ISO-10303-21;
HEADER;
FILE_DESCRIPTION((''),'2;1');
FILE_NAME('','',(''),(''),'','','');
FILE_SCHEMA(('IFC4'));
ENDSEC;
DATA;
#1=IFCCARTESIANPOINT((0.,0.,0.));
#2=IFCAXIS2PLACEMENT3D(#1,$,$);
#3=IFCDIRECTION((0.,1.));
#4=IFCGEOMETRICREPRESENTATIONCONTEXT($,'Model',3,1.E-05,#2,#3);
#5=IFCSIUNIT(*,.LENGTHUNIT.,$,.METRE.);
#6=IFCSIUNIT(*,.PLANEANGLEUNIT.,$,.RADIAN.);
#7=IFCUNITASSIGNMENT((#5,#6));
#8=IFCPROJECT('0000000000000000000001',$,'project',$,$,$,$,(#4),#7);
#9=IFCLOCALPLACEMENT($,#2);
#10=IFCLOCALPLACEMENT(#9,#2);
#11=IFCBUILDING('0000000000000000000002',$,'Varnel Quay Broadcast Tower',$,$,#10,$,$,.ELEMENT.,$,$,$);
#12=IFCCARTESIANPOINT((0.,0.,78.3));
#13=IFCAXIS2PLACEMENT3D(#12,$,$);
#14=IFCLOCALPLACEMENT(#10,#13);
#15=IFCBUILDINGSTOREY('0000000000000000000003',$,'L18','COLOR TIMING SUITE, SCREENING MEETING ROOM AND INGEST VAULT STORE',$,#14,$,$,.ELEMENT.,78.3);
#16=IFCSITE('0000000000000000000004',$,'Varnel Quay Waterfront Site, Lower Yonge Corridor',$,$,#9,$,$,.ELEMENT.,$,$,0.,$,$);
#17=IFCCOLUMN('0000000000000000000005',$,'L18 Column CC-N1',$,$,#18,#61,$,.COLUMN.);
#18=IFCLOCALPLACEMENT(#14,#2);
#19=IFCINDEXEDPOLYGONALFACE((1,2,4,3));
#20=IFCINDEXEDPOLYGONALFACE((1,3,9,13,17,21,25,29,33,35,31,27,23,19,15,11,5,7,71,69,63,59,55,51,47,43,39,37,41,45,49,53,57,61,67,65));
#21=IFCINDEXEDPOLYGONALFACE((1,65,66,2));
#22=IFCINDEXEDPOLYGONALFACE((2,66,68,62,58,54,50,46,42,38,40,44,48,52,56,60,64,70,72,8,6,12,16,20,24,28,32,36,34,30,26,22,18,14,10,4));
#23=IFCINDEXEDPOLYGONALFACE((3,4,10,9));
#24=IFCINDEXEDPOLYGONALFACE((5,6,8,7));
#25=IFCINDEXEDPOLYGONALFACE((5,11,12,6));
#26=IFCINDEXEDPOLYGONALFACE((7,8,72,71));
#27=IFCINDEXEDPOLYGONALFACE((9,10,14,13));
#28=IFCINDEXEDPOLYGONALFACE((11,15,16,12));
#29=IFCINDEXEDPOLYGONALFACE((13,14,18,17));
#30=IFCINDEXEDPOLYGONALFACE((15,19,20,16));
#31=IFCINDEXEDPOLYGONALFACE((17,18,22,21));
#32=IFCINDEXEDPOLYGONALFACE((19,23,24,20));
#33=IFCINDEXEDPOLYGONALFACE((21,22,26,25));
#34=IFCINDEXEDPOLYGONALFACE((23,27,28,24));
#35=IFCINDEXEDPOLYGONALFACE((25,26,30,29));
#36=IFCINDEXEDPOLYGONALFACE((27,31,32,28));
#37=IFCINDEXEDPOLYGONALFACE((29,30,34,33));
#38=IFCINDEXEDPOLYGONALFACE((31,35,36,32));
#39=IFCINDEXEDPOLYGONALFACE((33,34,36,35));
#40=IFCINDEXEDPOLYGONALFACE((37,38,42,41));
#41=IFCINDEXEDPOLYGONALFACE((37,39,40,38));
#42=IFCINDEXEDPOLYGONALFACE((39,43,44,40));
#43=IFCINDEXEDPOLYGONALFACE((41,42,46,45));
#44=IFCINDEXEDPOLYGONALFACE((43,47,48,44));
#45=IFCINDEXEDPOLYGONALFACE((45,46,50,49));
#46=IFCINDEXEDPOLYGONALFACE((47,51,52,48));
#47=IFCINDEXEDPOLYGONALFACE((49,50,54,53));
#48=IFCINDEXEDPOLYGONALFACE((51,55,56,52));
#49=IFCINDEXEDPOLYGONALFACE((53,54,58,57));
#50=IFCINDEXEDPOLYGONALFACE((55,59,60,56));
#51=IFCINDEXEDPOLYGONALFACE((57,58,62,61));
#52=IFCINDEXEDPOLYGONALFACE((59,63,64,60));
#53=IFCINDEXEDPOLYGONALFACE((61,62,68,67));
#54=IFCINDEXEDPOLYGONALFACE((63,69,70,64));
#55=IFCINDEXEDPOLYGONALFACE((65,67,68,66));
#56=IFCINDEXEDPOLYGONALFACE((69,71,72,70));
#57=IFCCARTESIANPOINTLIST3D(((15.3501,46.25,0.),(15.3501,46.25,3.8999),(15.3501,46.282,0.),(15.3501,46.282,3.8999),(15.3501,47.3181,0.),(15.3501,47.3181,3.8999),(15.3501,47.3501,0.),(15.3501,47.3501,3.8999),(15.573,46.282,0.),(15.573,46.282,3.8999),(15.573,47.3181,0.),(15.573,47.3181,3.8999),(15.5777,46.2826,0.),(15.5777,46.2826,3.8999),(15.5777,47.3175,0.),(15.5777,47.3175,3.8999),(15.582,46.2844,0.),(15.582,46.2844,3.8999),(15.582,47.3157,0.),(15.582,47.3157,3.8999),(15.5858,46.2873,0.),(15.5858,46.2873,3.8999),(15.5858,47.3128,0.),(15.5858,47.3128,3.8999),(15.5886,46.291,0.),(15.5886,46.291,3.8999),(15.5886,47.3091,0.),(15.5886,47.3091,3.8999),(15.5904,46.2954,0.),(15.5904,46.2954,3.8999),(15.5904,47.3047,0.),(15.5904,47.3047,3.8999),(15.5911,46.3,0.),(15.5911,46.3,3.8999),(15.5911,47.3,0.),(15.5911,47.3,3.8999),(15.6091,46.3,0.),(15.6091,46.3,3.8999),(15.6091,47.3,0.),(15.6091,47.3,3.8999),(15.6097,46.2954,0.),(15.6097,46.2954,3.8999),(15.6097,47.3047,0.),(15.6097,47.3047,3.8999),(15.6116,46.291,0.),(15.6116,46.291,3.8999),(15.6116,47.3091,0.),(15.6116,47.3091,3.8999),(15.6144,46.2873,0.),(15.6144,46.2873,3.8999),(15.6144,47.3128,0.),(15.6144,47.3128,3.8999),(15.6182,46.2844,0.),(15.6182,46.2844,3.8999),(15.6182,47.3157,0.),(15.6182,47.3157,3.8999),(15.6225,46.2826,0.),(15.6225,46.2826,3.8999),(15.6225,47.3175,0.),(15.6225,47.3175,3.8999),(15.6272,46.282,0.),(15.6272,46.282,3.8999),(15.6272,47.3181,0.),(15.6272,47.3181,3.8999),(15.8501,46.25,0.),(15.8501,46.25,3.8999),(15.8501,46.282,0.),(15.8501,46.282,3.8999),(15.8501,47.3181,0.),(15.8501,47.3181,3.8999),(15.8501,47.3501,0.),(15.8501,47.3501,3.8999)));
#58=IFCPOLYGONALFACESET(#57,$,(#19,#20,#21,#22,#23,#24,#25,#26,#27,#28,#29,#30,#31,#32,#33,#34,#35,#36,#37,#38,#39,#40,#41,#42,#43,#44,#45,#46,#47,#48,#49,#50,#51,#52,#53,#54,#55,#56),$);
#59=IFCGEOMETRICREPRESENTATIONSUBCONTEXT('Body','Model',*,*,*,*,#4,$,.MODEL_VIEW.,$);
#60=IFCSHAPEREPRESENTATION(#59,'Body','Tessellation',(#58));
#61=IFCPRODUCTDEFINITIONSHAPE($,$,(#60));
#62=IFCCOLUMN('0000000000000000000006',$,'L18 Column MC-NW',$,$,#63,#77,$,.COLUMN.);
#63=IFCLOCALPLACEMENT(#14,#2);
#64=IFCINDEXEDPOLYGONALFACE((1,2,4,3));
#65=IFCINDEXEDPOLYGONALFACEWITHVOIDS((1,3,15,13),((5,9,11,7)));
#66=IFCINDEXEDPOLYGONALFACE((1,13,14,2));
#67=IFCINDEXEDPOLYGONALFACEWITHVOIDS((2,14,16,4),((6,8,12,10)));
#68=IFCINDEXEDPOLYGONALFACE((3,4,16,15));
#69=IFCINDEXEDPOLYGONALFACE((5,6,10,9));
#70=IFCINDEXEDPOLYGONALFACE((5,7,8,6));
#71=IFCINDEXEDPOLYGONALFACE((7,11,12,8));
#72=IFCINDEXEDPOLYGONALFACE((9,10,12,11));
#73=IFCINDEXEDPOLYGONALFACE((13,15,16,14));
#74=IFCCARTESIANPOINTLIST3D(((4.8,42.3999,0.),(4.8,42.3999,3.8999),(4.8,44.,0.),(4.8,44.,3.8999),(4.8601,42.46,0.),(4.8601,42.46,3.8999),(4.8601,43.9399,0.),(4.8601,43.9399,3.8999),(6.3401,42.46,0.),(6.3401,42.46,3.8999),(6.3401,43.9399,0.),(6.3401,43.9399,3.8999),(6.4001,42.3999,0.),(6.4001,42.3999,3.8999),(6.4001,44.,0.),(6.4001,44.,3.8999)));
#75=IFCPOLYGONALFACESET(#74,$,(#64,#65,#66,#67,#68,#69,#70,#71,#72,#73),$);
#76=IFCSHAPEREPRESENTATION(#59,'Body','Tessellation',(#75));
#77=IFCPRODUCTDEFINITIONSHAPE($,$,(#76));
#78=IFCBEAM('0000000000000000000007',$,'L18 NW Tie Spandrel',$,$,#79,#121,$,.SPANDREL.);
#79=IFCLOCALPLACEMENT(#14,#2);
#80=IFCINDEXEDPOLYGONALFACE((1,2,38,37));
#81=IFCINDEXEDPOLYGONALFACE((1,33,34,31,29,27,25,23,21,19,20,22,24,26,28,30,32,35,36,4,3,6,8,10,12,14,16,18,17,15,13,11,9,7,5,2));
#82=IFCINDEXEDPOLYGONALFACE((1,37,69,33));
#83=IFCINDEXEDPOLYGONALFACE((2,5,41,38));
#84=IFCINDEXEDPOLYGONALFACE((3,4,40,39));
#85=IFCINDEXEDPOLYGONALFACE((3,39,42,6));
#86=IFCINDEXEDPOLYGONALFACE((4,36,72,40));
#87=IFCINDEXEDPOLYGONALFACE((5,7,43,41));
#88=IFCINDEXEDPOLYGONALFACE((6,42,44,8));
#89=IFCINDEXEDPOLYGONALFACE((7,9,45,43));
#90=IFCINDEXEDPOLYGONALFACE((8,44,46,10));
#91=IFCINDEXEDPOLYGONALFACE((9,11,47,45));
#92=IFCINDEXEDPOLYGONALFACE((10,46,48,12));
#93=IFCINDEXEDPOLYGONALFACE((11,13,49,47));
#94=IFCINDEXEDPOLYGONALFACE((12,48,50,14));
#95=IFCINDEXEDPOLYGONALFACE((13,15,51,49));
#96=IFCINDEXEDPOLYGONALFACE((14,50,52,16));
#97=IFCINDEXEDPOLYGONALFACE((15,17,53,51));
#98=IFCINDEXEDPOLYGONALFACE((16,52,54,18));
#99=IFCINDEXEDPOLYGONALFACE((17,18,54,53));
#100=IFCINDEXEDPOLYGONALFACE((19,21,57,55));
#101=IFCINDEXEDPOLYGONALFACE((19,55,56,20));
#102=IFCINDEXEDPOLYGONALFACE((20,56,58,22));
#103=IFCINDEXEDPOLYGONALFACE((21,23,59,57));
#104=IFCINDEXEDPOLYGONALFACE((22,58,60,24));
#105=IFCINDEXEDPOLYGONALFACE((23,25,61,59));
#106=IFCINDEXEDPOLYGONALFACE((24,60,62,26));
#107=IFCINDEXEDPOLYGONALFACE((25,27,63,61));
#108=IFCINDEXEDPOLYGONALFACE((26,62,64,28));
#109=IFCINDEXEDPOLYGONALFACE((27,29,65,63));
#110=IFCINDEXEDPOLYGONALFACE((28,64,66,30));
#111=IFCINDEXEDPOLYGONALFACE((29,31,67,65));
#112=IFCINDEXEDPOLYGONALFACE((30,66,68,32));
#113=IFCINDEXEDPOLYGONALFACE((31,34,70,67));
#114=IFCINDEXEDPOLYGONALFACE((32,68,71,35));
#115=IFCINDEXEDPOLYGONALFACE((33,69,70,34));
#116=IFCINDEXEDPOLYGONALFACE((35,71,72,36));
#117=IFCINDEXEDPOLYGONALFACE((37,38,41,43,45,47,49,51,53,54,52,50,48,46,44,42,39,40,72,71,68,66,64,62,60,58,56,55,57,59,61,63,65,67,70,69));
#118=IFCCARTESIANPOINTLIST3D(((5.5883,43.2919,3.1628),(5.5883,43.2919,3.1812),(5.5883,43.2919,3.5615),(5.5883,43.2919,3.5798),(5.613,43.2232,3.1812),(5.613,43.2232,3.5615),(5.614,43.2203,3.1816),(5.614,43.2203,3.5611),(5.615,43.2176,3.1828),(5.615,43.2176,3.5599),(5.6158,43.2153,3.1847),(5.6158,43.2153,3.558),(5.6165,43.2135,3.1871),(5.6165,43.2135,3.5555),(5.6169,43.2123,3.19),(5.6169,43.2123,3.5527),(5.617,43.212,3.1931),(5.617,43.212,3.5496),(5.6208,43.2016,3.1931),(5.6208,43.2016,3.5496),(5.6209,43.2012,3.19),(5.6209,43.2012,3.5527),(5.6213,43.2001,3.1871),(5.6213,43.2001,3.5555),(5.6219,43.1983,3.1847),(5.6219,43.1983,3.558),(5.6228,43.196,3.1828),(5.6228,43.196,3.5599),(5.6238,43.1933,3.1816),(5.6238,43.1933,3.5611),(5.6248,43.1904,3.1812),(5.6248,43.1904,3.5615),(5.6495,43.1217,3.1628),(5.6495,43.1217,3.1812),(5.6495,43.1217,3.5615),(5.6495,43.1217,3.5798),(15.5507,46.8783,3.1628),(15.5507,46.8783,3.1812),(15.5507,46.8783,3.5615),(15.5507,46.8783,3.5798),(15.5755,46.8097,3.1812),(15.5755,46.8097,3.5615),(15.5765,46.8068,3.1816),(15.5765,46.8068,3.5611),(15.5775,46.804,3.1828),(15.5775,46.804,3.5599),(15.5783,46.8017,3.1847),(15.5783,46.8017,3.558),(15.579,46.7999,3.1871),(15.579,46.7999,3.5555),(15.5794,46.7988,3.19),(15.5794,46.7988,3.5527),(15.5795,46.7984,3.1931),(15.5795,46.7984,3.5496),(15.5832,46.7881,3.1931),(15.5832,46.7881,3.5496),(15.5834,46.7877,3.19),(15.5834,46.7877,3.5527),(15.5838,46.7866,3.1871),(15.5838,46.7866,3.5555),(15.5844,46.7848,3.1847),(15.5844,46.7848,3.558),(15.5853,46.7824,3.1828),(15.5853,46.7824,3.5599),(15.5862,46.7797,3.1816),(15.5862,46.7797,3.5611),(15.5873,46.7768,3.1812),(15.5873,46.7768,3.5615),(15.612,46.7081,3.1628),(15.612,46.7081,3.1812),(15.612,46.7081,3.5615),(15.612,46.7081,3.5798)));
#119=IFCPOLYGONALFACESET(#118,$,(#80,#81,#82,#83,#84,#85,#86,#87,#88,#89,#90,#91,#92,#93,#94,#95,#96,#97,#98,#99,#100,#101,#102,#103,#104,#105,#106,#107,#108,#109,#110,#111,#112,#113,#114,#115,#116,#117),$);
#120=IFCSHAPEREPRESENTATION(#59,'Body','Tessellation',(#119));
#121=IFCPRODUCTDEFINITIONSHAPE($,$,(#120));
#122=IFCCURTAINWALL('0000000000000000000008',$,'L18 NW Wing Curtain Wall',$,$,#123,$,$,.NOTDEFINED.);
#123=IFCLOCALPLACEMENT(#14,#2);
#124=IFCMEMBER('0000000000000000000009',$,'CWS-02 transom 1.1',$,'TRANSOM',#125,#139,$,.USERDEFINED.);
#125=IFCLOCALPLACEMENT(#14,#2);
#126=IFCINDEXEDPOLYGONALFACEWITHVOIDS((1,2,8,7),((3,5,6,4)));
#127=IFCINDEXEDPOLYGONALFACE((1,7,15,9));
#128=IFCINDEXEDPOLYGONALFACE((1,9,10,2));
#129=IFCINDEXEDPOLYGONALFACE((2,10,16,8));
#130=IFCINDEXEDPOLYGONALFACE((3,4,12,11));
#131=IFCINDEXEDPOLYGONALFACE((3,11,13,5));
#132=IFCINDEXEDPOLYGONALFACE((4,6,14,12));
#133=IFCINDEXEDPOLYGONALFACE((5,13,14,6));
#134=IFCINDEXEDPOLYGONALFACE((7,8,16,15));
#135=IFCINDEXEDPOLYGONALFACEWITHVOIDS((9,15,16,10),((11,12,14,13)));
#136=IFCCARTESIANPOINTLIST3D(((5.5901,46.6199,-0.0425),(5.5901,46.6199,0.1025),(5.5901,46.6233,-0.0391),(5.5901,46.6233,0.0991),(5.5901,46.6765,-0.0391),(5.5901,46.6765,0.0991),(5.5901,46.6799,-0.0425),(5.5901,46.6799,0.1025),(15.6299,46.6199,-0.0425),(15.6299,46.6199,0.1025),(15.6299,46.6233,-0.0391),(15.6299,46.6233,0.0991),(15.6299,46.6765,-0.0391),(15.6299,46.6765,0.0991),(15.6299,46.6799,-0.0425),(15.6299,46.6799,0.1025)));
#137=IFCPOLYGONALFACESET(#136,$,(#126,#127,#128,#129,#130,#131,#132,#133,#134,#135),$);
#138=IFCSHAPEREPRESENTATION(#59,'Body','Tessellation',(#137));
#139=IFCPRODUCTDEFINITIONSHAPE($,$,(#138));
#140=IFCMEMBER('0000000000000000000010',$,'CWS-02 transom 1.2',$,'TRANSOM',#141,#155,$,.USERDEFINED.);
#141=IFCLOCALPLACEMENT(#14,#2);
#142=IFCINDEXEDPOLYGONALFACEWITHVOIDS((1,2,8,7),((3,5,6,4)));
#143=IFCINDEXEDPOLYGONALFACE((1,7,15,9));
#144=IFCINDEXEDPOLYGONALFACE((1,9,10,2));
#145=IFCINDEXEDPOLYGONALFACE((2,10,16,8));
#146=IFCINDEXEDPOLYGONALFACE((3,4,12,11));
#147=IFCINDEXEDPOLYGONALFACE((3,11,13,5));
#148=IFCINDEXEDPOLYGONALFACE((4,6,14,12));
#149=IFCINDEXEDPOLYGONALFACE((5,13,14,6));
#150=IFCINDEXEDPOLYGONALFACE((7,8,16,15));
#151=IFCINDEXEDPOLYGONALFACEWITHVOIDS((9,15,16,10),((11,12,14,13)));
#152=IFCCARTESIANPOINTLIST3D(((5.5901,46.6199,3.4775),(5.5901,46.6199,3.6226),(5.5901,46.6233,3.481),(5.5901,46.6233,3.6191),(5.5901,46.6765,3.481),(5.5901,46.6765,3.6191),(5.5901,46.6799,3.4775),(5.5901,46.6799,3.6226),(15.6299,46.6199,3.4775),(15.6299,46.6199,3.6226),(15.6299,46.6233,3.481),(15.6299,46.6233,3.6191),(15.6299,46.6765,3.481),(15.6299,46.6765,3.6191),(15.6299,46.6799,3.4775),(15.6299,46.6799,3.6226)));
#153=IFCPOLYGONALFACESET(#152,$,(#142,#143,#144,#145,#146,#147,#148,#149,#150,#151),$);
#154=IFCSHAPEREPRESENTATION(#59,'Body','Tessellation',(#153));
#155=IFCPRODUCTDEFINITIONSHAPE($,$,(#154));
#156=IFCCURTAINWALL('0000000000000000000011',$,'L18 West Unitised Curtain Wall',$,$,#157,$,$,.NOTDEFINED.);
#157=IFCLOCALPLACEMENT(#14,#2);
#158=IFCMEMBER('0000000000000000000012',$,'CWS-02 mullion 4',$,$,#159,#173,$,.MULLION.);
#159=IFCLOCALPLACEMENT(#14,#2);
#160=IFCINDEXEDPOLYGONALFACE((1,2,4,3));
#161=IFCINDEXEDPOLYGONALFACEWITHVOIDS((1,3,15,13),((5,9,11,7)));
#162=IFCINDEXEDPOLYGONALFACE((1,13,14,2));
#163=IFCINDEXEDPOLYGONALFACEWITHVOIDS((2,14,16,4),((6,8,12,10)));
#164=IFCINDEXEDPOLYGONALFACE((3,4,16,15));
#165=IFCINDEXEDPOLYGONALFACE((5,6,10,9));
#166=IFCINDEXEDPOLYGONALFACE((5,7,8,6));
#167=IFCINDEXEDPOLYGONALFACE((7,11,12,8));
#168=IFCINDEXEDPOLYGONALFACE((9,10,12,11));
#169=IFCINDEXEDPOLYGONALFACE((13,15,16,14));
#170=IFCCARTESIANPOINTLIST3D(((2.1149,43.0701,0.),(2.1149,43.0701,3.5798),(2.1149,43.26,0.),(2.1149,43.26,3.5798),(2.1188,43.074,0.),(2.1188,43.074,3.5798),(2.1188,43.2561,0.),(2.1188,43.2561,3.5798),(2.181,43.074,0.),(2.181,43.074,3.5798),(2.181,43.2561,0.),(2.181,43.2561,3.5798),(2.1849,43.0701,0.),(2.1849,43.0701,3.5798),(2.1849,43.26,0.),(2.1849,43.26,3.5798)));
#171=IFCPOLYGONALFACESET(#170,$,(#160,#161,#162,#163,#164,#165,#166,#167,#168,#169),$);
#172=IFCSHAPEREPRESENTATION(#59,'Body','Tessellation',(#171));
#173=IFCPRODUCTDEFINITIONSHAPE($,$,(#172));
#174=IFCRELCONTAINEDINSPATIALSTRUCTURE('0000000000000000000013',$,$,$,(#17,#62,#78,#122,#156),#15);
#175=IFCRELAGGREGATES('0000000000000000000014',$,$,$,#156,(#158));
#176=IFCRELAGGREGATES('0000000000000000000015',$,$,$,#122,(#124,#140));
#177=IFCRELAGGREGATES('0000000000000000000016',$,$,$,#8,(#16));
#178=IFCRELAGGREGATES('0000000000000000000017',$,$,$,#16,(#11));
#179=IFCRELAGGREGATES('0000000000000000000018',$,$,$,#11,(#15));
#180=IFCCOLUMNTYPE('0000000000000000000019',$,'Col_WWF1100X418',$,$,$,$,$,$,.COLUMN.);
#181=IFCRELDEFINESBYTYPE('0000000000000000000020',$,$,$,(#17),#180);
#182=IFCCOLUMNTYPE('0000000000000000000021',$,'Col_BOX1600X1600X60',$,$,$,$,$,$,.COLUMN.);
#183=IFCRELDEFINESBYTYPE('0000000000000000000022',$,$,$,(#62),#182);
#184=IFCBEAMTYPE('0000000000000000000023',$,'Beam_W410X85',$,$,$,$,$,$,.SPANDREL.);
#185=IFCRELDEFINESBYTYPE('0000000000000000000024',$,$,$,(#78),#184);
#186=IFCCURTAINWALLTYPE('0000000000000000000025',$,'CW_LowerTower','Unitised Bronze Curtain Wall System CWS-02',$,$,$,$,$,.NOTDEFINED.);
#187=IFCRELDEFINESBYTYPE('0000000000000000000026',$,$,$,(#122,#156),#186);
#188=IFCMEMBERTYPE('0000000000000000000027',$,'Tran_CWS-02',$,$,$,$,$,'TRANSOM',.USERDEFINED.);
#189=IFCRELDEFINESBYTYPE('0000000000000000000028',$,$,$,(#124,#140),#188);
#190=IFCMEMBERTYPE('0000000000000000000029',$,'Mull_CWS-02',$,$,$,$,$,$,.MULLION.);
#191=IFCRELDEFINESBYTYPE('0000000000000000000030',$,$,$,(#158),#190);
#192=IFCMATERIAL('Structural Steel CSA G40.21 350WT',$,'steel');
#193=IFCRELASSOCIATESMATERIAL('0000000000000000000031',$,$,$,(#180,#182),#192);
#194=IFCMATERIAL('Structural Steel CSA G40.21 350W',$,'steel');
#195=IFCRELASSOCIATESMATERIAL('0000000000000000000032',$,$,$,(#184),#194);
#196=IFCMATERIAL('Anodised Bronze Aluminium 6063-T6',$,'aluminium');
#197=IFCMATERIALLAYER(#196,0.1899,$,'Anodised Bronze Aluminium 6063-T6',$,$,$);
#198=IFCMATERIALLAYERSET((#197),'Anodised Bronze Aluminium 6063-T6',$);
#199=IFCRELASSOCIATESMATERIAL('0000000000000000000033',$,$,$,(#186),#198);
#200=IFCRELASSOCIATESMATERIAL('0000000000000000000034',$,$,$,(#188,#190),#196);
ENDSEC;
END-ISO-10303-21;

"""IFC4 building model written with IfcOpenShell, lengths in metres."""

from ifc_helpers import new_model, si_unit, direction, frame, origin, origin_2d, place, context, subcontext, project, spatial, hollow_rectangle, i_section, extrude, source, transform, mapped, material, layer, layer_set, material_profile, profile_set, type_object, type_shapes, element, aggregate, save


model = new_model("IFC4")

# Units and contexts
model_context = context("Model", 3, precision=1e-05, world=origin(), true_north=direction((0.0, 1.0)))
body_context = subcontext(model_context, "Body", "Model", "MODEL_VIEW")
ifc_project = project(units=[si_unit("LENGTHUNIT", "METRE"), si_unit("PLANEANGLEUNIT", "RADIAN")], contexts=[model_context])

# Site, building, storey
site_placement = place(None, origin())
site = spatial("IfcSite", under=ifc_project, at=site_placement, Name="Varnel Quay Waterfront Site, Lower Yonge Corridor", CompositionType="ELEMENT", RefElevation=0.0)
building_placement = place(site_placement, origin())
building = spatial("IfcBuilding", under=site, at=building_placement, Name="Varnel Quay Broadcast Tower", CompositionType="ELEMENT")
storey_placement = place(building_placement, frame((0.0, 0.0, 78.3)))
storey = spatial("IfcBuildingStorey", under=building, at=storey_placement, Name="L18", Description="COLOR TIMING SUITE, SCREENING MEETING ROOM AND INGEST VAULT STORE", CompositionType="ELEMENT", Elevation=78.3)

# Columns
ifc_material_1 = material(Name="Structural Steel CSA G40.21 350WT", Category="steel")
ifc_material_profile_1 = material_profile(ifc_material_1, i_section(OverallWidth=0.5, OverallDepth=1.1001, WebThickness=0.0181, FlangeThickness=0.032, FilletRadius=0.0181, at=origin_2d()), Name="WWF1100X418")
ifc_profile_set_1 = profile_set([ifc_material_profile_1], Name="Structural Steel CSA G40.21 350WT")
column_type_1 = type_object("IfcColumnType", Name="Col_WWF1100X418", PredefinedType="COLUMN", material=ifc_profile_set_1)
shared_shape_1 = source(origin(), body_context, "Body", "SweptSolid", [
    extrude(i_section(OverallWidth=0.5, OverallDepth=1.1001, WebThickness=0.0181, FlangeThickness=0.032, FilletRadius=0.0181, at=origin_2d()), origin(), (0.0, 0.0, 1.0), 3.8999),
])
type_shapes(column_type_1, [shared_shape_1])
column_1_placement = place(storey_placement, frame((15.6001, 46.8, 0.0), z_axis=(0.0, 0.0, 1.0), x_axis=(1.0, 0.0, 0.0)))
element("IfcColumn", 1, at=column_1_placement, inside=storey, type_object=column_type_1, Name="L18 Column CC-N1", PredefinedType="COLUMN", context=body_context, shape_type="MappedRepresentation", body=[
    mapped(shared_shape_1, transform((0.0, 0.0, 0.0), x_axis=(1.0, 0.0, 0.0), y_axis=(0.0, 1.0, 0.0), z_axis=(0.0, 0.0, 1.0), scale=1.0)),
])
ifc_material_profile_2 = material_profile(ifc_material_1, hollow_rectangle(XDim=1.6001, YDim=1.6001, WallThickness=0.0601, at=origin_2d()), Name="BOX1600X1600X60")
ifc_profile_set_2 = profile_set([ifc_material_profile_2], Name="Structural Steel CSA G40.21 350WT")
column_type_2 = type_object("IfcColumnType", Name="Col_BOX1600X1600X60", PredefinedType="COLUMN", material=ifc_profile_set_2)
shared_shape_2 = source(origin(), body_context, "Body", "SweptSolid", [
    extrude(hollow_rectangle(XDim=1.6001, YDim=1.6001, WallThickness=0.0601, at=origin_2d()), origin(), (0.0, 0.0, 1.0), 3.8999),
])
type_shapes(column_type_2, [shared_shape_2])
column_2_placement = place(storey_placement, frame((5.6001, 43.2, 0.0), z_axis=(0.0, 0.0, 1.0), x_axis=(1.0, 0.0, 0.0)))
element("IfcColumn", 2, at=column_2_placement, inside=storey, type_object=column_type_2, Name="L18 Column MC-NW", PredefinedType="COLUMN", context=body_context, shape_type="MappedRepresentation", body=[
    mapped(shared_shape_2, transform((0.0, 0.0, 0.0), x_axis=(1.0, 0.0, 0.0), y_axis=(0.0, 1.0, 0.0), z_axis=(0.0, 0.0, 1.0), scale=1.0)),
])

# Beam
ifc_material_2 = material(Name="Structural Steel CSA G40.21 350W", Category="steel")
ifc_material_profile_3 = material_profile(ifc_material_2, i_section(OverallWidth=0.1809, OverallDepth=0.417, WebThickness=0.011, FlangeThickness=0.0183, FilletRadius=0.012, at=origin_2d()), Name="W410X85")
ifc_profile_set_3 = profile_set([ifc_material_profile_3], Name="Structural Steel CSA G40.21 350W")
beam_type = type_object("IfcBeamType", Name="Beam_W410X85", PredefinedType="SPANDREL", material=ifc_profile_set_3)
shared_shape_3 = source(origin(), body_context, "Body", "SweptSolid", [
    extrude(i_section(OverallWidth=0.1809, OverallDepth=0.417, WebThickness=0.011, FlangeThickness=0.0183, FilletRadius=0.012, at=origin_2d()), origin(), (0.0, 0.0, 1.0), 10.5884),
])
type_shapes(beam_type, [shared_shape_3])
beam_placement = place(storey_placement, frame((5.6189, 43.2068, 3.3713), z_axis=(0.940889, 0.338716, 0.0), x_axis=(-0.338716, 0.940889, 0.0)))
element("IfcBeam", 3, at=beam_placement, inside=storey, type_object=beam_type, Name="L18 NW Tie Spandrel", PredefinedType="SPANDREL", context=body_context, shape_type="MappedRepresentation", body=[
    mapped(shared_shape_3, transform((0.0, 0.0, 0.0), x_axis=(1.0, 0.0, 0.0), y_axis=(0.0, 1.0, 0.0), z_axis=(0.0, 0.0, 1.0), scale=1.0)),
])

# Curtain wall, members
ifc_material_3 = material(Name="Anodised Bronze Aluminium 6063-T6", Category="aluminium")
ifc_layer_1 = layer(ifc_material_3, 0.1899, Name="Anodised Bronze Aluminium 6063-T6")
ifc_layer_set_1 = layer_set([ifc_layer_1], Name="Anodised Bronze Aluminium 6063-T6")
curtain_wall_type = type_object("IfcCurtainWallType", Name="CW_LowerTower", Description="Unitised Bronze Curtain Wall System CWS-02", PredefinedType="NOTDEFINED", material=ifc_layer_set_1)
curtain_wall_1_placement = place(storey_placement, origin())
curtain_wall_1 = element("IfcCurtainWall", 4, at=curtain_wall_1_placement, inside=storey, type_object=curtain_wall_type, Name="L18 NW Wing Curtain Wall", PredefinedType="NOTDEFINED")
ifc_material_profile_4 = material_profile(ifc_material_3, hollow_rectangle(XDim=0.0601, YDim=0.145, WallThickness=0.0034, at=origin_2d()), Name="ALU60X145X3.5")
ifc_profile_set_4 = profile_set([ifc_material_profile_4], Name="Anodised Bronze Aluminium 6063-T6")
member_type_1 = type_object("IfcMemberType", Name="Tran_CWS-02", ElementType="TRANSOM", PredefinedType="USERDEFINED", material=ifc_profile_set_4)
shared_shape_4 = source(origin(), body_context, "Body", "SweptSolid", [
    extrude(hollow_rectangle(XDim=0.0601, YDim=0.145, WallThickness=0.0034, at=origin_2d()), origin(), (0.0, 0.0, 1.0), 10.0398),
])
type_shapes(member_type_1, [shared_shape_4])
member_1_placement = place(storey_placement, frame((5.5901, 46.6499, 0.03), z_axis=(1.0, 0.0, 0.0), x_axis=(0.0, 1.0, 0.0)))
member_1 = element("IfcMember", 5, at=member_1_placement, type_object=member_type_1, Name="CWS-02 transom 1.1", ObjectType="TRANSOM", PredefinedType="USERDEFINED", context=body_context, shape_type="MappedRepresentation", body=[
    mapped(shared_shape_4, transform((0.0, 0.0, 0.0), x_axis=(1.0, 0.0, 0.0), y_axis=(0.0, 1.0, 0.0), z_axis=(0.0, 0.0, 1.0), scale=1.0)),
])
member_2_placement = place(storey_placement, frame((5.5901, 46.6499, 3.55), z_axis=(1.0, 0.0, 0.0), x_axis=(0.0, 1.0, 0.0)))
member_2 = element("IfcMember", 6, at=member_2_placement, type_object=member_type_1, Name="CWS-02 transom 1.2", ObjectType="TRANSOM", PredefinedType="USERDEFINED", context=body_context, shape_type="MappedRepresentation", body=[
    mapped(shared_shape_4, transform((0.0, 0.0, 0.0), x_axis=(1.0, 0.0, 0.0), y_axis=(0.0, 1.0, 0.0), z_axis=(0.0, 0.0, 1.0), scale=1.0)),
])

# Curtain wall, member
curtain_wall_2_placement = place(storey_placement, origin())
curtain_wall_2 = element("IfcCurtainWall", 7, at=curtain_wall_2_placement, inside=storey, type_object=curtain_wall_type, Name="L18 West Unitised Curtain Wall", PredefinedType="NOTDEFINED")
ifc_material_profile_5 = material_profile(ifc_material_3, hollow_rectangle(XDim=0.0701, YDim=0.1899, WallThickness=0.0039, at=origin_2d()), Name="ALU70X190X4")
ifc_profile_set_5 = profile_set([ifc_material_profile_5], Name="Anodised Bronze Aluminium 6063-T6")
member_type_2 = type_object("IfcMemberType", Name="Mull_CWS-02", PredefinedType="MULLION", material=ifc_profile_set_5)
shared_shape_5 = source(origin(), body_context, "Body", "SweptSolid", [
    extrude(hollow_rectangle(XDim=0.0701, YDim=0.1899, WallThickness=0.0039, at=origin_2d()), origin(), (0.0, 0.0, 1.0), 3.5798),
])
type_shapes(member_type_2, [shared_shape_5])
member_3_placement = place(storey_placement, frame((2.1499, 43.165, 0.0), z_axis=(0.0, 0.0, 1.0), x_axis=(-1.0, 0.0, 0.0)))
member_3 = element("IfcMember", 8, at=member_3_placement, type_object=member_type_2, Name="CWS-02 mullion 4", PredefinedType="MULLION", context=body_context, shape_type="MappedRepresentation", body=[
    mapped(shared_shape_5, transform((0.0, 0.0, 0.0), x_axis=(1.0, 0.0, 0.0), y_axis=(0.0, 1.0, 0.0), z_axis=(0.0, 0.0, 1.0), scale=1.0)),
])
aggregate(curtain_wall_2, [member_3])

aggregate(curtain_wall_1, [member_1, member_2])

save(model, "model.ifc")
